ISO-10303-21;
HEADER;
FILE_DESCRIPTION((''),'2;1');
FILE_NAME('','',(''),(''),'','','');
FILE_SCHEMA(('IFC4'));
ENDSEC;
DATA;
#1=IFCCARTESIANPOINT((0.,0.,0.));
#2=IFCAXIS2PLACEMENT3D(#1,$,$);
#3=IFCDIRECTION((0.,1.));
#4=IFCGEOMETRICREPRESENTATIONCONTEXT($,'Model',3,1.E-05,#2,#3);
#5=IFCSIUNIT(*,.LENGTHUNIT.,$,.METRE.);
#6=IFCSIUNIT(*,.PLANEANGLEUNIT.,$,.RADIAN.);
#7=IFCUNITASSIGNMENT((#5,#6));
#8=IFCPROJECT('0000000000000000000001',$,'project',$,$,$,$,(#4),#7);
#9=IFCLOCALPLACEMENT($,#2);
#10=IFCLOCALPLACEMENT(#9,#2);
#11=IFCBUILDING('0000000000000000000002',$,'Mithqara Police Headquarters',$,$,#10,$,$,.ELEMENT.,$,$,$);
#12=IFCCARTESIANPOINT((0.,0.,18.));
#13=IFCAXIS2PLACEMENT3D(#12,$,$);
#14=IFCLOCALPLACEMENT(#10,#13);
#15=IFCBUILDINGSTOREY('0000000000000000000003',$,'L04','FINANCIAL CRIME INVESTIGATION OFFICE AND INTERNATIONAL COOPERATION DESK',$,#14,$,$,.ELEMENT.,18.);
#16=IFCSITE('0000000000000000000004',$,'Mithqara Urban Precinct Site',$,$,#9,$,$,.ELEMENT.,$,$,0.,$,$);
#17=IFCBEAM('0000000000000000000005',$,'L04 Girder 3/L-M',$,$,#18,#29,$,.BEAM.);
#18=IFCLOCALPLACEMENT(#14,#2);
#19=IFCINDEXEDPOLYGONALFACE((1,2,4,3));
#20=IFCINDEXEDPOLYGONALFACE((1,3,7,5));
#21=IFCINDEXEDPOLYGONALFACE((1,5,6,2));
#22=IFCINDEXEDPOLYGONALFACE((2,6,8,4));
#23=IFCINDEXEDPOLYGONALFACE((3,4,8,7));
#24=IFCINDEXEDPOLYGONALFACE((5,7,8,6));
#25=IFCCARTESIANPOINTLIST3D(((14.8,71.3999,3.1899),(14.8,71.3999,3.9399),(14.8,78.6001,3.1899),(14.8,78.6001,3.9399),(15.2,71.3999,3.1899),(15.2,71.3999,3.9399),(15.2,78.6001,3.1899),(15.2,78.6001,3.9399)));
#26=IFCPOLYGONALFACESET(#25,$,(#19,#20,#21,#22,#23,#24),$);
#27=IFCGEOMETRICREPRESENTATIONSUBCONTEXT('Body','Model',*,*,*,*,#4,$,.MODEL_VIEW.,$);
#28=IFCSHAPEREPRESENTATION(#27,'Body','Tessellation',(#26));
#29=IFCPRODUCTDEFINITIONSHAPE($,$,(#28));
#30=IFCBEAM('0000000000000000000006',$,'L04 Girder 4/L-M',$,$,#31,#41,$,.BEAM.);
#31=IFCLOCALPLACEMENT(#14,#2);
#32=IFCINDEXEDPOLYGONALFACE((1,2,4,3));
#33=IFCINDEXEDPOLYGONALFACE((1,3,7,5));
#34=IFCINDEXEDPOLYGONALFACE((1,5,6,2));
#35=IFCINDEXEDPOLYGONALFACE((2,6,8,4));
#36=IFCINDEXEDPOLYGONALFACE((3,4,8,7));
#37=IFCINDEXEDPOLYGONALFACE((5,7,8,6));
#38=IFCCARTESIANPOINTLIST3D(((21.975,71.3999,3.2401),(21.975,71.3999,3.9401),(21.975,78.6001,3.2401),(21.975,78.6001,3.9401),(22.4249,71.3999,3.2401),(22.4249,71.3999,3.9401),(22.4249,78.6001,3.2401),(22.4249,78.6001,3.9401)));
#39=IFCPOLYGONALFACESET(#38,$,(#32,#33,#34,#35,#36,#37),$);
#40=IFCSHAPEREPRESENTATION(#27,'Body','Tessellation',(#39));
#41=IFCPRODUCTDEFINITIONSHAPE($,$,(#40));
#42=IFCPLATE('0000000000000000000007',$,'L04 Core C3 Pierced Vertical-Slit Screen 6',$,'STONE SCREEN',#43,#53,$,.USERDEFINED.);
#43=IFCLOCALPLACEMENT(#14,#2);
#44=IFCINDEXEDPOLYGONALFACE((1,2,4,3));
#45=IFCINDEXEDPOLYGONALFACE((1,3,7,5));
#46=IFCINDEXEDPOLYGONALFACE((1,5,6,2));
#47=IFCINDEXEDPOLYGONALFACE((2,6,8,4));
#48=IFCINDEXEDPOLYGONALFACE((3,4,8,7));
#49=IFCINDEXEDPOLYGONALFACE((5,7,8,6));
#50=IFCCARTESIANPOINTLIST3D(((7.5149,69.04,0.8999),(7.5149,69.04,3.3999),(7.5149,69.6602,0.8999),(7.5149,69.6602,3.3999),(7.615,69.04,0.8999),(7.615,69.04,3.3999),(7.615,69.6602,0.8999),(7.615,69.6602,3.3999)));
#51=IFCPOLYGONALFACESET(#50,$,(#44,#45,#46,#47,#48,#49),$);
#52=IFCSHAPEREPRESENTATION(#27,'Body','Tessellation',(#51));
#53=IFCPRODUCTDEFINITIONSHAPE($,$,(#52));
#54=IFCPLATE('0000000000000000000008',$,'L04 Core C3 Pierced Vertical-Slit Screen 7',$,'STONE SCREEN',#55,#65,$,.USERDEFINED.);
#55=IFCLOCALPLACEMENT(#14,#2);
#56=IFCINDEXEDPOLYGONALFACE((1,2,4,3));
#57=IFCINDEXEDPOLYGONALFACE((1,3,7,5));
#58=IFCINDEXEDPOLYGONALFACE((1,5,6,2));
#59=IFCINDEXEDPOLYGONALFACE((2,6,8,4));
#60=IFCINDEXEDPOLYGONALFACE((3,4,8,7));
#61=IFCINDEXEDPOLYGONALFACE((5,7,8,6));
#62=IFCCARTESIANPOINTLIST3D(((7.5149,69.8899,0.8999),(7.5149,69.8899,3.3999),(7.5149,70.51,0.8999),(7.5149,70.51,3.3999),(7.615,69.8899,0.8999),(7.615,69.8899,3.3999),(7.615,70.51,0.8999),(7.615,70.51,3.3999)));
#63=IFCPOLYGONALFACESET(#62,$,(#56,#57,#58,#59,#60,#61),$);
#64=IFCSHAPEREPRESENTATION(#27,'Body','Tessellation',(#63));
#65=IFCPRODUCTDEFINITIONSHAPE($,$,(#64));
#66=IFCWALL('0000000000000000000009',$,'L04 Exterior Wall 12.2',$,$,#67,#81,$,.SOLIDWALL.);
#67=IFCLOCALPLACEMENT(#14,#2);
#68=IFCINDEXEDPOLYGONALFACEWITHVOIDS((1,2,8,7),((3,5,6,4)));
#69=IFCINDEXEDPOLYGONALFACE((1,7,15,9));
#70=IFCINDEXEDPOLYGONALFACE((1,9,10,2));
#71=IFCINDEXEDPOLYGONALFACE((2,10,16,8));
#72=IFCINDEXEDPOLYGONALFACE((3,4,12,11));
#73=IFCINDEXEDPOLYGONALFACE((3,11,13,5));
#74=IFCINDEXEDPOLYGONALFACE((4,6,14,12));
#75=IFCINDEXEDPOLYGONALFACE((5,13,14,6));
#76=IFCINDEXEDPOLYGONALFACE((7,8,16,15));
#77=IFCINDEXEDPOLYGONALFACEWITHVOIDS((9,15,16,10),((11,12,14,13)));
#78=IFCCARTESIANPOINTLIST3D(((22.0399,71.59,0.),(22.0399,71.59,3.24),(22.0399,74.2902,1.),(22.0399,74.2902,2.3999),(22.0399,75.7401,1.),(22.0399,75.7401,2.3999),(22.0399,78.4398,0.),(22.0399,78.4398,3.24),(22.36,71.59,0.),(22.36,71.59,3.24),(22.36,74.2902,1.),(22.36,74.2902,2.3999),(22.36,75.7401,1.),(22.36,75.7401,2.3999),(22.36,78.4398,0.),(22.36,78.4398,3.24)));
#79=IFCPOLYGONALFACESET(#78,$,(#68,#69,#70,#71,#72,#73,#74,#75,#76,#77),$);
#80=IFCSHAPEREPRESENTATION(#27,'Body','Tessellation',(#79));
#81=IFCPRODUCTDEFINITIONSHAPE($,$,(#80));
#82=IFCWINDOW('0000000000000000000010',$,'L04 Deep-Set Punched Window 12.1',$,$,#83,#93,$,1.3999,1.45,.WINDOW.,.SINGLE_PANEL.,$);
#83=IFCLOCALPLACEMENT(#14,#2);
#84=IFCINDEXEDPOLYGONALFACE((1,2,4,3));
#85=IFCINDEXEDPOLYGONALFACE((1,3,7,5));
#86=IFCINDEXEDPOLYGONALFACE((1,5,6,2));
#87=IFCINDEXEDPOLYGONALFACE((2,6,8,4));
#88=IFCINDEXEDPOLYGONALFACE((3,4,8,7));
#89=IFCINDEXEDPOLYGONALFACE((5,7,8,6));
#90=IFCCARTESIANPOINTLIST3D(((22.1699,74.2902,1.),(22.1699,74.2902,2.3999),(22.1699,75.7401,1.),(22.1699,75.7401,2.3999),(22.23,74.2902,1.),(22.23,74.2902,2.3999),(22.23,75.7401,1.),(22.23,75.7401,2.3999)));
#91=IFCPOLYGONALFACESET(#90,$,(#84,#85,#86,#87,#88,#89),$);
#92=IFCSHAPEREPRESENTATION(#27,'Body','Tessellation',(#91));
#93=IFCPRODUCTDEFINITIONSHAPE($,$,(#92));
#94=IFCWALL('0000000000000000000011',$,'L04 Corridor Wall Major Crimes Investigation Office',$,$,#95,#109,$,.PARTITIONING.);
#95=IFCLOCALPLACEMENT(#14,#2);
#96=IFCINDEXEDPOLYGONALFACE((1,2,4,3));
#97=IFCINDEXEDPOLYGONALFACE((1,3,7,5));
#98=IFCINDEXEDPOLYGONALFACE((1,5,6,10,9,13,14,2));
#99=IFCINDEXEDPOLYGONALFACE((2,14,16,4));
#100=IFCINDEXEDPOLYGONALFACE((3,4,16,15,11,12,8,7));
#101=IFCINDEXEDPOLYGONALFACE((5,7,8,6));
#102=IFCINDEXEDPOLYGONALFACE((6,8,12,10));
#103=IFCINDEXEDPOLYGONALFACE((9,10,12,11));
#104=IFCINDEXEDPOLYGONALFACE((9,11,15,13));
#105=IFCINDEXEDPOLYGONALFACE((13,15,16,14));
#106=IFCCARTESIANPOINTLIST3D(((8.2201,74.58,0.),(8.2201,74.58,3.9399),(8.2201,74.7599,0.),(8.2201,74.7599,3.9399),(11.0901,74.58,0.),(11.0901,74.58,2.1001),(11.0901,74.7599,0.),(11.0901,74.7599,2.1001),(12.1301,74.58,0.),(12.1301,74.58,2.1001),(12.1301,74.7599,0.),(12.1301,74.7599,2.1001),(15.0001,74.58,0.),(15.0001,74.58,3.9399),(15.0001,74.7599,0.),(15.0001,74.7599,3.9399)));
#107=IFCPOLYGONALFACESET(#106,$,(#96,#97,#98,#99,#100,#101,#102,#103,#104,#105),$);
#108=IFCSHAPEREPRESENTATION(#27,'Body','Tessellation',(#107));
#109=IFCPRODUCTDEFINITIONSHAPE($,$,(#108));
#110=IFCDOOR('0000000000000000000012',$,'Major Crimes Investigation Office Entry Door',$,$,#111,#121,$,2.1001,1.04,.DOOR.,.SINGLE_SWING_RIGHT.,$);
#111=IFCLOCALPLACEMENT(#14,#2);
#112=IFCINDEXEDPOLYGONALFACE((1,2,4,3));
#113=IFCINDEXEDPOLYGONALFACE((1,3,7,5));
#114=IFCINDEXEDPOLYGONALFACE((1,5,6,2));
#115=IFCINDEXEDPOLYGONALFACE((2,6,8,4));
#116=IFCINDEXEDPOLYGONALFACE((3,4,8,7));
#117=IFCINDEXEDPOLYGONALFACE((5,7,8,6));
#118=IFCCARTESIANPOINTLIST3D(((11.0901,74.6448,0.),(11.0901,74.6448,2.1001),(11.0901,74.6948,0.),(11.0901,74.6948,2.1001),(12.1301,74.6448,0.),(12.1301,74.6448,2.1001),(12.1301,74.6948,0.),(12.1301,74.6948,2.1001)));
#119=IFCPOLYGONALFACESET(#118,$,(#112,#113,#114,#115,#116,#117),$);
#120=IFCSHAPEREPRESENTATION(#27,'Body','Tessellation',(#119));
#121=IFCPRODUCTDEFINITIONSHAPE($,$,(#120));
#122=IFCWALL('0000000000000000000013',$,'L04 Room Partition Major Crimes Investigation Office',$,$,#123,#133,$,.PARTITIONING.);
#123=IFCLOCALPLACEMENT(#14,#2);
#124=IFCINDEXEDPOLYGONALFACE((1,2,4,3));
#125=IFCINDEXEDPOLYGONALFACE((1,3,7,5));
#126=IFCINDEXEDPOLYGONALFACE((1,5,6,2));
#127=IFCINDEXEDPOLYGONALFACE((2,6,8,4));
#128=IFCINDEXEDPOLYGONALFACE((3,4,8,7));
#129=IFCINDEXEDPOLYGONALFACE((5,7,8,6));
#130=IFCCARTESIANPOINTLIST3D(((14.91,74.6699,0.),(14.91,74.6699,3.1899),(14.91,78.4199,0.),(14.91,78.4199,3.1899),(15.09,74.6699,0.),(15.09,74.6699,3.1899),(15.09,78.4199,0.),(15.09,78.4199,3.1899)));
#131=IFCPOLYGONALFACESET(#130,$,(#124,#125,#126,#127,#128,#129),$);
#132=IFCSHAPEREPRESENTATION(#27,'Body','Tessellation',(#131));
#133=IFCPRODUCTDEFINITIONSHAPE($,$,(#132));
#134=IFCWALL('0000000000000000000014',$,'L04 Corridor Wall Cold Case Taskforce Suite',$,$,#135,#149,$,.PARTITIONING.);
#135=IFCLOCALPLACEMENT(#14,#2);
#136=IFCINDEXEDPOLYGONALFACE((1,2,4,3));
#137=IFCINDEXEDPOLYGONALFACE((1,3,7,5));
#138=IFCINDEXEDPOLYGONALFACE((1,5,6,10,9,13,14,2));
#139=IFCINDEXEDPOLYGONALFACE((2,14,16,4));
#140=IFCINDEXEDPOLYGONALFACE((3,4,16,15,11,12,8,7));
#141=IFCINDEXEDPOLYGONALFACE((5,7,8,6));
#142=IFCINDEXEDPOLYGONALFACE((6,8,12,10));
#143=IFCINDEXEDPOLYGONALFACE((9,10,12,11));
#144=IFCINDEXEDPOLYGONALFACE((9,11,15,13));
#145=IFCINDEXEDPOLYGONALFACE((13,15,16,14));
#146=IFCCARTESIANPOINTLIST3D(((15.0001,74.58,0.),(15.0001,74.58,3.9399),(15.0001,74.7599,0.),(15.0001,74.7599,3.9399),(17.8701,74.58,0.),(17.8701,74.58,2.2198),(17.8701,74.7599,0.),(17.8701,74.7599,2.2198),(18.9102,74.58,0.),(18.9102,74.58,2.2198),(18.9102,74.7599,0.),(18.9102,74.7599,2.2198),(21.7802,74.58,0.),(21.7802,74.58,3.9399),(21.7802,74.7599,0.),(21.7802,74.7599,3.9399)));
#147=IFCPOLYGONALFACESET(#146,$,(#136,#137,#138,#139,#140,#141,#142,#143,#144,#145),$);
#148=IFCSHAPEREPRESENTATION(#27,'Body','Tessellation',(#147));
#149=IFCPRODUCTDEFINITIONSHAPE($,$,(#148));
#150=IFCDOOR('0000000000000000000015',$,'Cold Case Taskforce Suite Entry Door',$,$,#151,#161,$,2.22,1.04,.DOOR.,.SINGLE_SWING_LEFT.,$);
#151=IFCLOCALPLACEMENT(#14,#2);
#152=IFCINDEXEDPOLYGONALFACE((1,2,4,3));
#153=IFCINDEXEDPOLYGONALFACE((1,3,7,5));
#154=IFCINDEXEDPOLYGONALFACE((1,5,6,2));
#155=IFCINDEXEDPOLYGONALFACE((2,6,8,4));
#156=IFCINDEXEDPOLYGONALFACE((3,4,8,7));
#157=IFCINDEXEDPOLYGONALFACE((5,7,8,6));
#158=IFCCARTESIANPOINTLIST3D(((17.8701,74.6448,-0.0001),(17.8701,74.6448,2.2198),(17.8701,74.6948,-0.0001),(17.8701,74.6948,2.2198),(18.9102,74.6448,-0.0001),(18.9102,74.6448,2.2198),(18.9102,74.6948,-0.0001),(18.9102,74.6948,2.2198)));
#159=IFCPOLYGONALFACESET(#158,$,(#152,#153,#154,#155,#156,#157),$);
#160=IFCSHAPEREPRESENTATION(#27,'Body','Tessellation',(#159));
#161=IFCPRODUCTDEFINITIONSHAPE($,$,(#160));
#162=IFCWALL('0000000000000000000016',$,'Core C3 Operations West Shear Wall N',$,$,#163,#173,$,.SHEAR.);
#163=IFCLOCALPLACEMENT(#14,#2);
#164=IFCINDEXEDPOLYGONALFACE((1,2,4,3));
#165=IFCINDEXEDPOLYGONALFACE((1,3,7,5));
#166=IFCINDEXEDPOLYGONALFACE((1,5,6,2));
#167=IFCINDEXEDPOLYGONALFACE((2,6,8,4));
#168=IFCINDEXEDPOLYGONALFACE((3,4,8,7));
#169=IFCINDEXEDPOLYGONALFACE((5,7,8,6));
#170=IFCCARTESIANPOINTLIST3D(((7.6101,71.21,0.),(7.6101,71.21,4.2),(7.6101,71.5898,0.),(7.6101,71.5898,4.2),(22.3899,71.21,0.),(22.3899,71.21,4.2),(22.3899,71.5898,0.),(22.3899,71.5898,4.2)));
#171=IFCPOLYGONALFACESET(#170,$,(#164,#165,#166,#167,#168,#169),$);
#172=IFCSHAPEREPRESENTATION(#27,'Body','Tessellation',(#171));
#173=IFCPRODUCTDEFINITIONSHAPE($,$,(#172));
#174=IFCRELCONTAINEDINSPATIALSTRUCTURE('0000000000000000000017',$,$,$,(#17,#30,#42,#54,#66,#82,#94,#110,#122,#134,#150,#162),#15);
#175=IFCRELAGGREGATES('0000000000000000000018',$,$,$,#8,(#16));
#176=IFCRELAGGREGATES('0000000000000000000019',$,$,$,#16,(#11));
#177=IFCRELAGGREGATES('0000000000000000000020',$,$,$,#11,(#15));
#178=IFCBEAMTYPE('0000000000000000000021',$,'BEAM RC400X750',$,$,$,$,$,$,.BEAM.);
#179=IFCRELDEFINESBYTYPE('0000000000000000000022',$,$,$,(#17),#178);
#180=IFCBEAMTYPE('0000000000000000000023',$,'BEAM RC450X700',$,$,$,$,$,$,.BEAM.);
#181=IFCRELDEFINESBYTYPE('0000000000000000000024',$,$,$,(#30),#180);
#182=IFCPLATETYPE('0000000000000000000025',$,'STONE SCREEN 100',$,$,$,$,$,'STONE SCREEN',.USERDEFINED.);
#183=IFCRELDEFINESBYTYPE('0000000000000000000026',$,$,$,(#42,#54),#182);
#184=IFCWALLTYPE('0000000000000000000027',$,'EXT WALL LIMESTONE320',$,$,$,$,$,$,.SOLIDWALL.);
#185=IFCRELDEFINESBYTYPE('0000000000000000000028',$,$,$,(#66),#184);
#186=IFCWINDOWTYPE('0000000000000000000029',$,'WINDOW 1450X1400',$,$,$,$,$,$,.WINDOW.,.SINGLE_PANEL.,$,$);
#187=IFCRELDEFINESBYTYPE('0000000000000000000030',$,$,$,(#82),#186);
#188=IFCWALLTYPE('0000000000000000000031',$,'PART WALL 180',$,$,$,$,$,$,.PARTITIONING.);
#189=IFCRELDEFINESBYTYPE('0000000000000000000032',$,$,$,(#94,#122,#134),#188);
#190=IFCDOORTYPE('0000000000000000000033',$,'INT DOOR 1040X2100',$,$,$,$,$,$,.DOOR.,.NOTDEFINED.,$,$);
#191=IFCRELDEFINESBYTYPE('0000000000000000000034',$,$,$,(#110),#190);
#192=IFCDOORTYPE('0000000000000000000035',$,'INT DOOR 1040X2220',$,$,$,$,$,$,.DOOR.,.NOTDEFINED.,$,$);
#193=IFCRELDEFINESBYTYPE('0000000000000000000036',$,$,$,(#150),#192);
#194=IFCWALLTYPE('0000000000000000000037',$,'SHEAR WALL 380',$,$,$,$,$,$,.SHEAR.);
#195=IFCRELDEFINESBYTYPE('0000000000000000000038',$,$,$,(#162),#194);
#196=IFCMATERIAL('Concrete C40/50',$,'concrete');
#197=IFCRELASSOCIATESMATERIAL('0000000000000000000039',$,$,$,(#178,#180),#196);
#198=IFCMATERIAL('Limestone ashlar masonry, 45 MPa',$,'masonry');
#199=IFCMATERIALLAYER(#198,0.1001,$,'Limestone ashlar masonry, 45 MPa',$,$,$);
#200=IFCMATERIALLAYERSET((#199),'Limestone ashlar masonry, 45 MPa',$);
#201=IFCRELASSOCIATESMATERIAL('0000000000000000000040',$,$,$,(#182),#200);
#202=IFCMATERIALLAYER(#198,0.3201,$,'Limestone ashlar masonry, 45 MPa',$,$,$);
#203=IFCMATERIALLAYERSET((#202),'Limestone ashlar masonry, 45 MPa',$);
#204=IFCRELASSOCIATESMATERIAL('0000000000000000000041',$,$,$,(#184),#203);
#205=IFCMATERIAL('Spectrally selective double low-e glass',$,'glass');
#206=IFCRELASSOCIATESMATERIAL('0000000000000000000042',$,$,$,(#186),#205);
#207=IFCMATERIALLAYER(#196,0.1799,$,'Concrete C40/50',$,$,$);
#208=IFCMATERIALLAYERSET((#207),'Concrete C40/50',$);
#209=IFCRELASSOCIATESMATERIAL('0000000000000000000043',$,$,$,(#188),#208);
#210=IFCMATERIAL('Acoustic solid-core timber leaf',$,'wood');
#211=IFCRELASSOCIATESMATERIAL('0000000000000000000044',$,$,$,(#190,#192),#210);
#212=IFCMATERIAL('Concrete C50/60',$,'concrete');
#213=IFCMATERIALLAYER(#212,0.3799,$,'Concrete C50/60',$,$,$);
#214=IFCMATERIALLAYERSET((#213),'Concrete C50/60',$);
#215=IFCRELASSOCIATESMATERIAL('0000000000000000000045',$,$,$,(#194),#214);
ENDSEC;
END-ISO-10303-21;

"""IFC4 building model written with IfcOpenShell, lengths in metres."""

from ifc_helpers import new_model, si_unit, direction, frame, frame_2d, origin, origin_2d, place, context, subcontext, project, spatial, rectangle, extrude, material, layer, layer_set, material_profile, profile_set, type_object, element, fill, save


model = new_model("IFC4")

# Units and contexts
model_context = context("Model", 3, precision=1e-05, world=origin(), true_north=direction((0.0, 1.0)))
body_context = subcontext(model_context, "Body", "Model", "MODEL_VIEW")
ifc_project = project(units=[si_unit("LENGTHUNIT", "METRE"), si_unit("PLANEANGLEUNIT", "RADIAN")], contexts=[model_context])

# Site, building, storey
site_placement = place(None, origin())
site = spatial("IfcSite", under=ifc_project, at=site_placement, Name="Mithqara Urban Precinct Site", CompositionType="ELEMENT", RefElevation=0.0)
building_placement = place(site_placement, origin())
building = spatial("IfcBuilding", under=site, at=building_placement, Name="Mithqara Police Headquarters", CompositionType="ELEMENT")
storey_placement = place(building_placement, frame((0.0, 0.0, 18.0)))
storey = spatial("IfcBuildingStorey", under=building, at=storey_placement, Name="L04", Description="FINANCIAL CRIME INVESTIGATION OFFICE AND INTERNATIONAL COOPERATION DESK", CompositionType="ELEMENT", Elevation=18.0)

# Beams
ifc_material_1 = material(Name="Concrete C40/50", Category="concrete")
ifc_material_profile_1 = material_profile(ifc_material_1, rectangle(XDim=0.3999, YDim=0.75, at=origin_2d()), Name="RC 400x750")
ifc_profile_set_1 = profile_set([ifc_material_profile_1], Name="Concrete C40/50")
beam_type_1 = type_object("IfcBeamType", Name="BEAM RC400X750", PredefinedType="BEAM", material=ifc_profile_set_1)
beam_1_placement = place(storey_placement, frame((15.0, 71.3999, 3.5649), z_axis=(0.0, 1.0, 0.0), x_axis=(-1.0, 0.0, 0.0)))
element("IfcBeam", 1, at=beam_1_placement, inside=storey, type_object=beam_type_1, Name="L04 Girder 3/L-M", PredefinedType="BEAM", context=body_context, shape_type="SweptSolid", body=[
    extrude(rectangle(XDim=0.3999, YDim=0.75, at=origin_2d()), origin(), (0.0, 0.0, 1.0), 7.2002),
])
ifc_material_profile_2 = material_profile(ifc_material_1, rectangle(XDim=0.45, YDim=0.7, at=origin_2d()), Name="RC 450x700")
ifc_profile_set_2 = profile_set([ifc_material_profile_2], Name="Concrete C40/50")
beam_type_2 = type_object("IfcBeamType", Name="BEAM RC450X700", PredefinedType="BEAM", material=ifc_profile_set_2)
beam_2_placement = place(storey_placement, frame((22.2, 71.3999, 3.5901), z_axis=(0.0, 1.0, 0.0), x_axis=(-1.0, 0.0, 0.0)))
element("IfcBeam", 2, at=beam_2_placement, inside=storey, type_object=beam_type_2, Name="L04 Girder 4/L-M", PredefinedType="BEAM", context=body_context, shape_type="SweptSolid", body=[
    extrude(rectangle(XDim=0.45, YDim=0.7, at=origin_2d()), origin(), (0.0, 0.0, 1.0), 7.2002),
])

# Plates
ifc_material_2 = material(Name="Limestone ashlar masonry, 45 MPa", Category="masonry")
ifc_layer_1 = layer(ifc_material_2, 0.1001, Name="Limestone ashlar masonry, 45 MPa")
ifc_layer_set_1 = layer_set([ifc_layer_1], Name="Limestone ashlar masonry, 45 MPa")
plate_type = type_object("IfcPlateType", Name="STONE SCREEN 100", ElementType="STONE SCREEN", PredefinedType="USERDEFINED", material=ifc_layer_set_1)
for number, where, z_axis, x_axis, name in (
    (3, (7.5649, 69.3501, 0.8999), (0.0, 0.0, 1.0), (0.0, 1.0, 0.0), "L04 Core C3 Pierced Vertical-Slit Screen 6"),
    (4, (7.5649, 70.2, 0.8999), (0.0, 0.0, 1.0), (0.0, 1.0, 0.0), "L04 Core C3 Pierced Vertical-Slit Screen 7"),
):
    element("IfcPlate", number, at=place(storey_placement, frame(where, z_axis=z_axis, x_axis=x_axis)), inside=storey, type_object=plate_type, Name=name, ObjectType="STONE SCREEN", PredefinedType="USERDEFINED", context=body_context, shape_type="SweptSolid", body=[
        extrude(rectangle(XDim=0.6201, YDim=0.1001, at=origin_2d()), origin(), (0.0, 0.0, 1.0), 2.5),
    ])

# Wall, opening, window
ifc_layer_2 = layer(ifc_material_2, 0.3201, Name="Limestone ashlar masonry, 45 MPa")
ifc_layer_set_2 = layer_set([ifc_layer_2], Name="Limestone ashlar masonry, 45 MPa")
wall_type_1 = type_object("IfcWallType", Name="EXT WALL LIMESTONE320", PredefinedType="SOLIDWALL", material=ifc_layer_set_2)
wall_1_placement = place(storey_placement, frame((22.2, 71.5901, 0.0), z_axis=(0.0, 0.0, 1.0), x_axis=(0.0, 1.0, 0.0)))
wall_1 = element("IfcWall", 5, at=wall_1_placement, inside=storey, type_object=wall_type_1, Name="L04 Exterior Wall 12.2", PredefinedType="SOLIDWALL", context=body_context, shape_type="SweptSolid", body=[
    extrude(rectangle(XDim=6.8499, YDim=0.3201, at=frame_2d((3.4248, 0.0))), origin(), (0.0, 0.0, 1.0), 3.24),
])
opening_1_placement = place(wall_1_placement, frame((2.7, 0.0, 1.0)))
opening_1 = element("IfcOpeningElement", 6, at=opening_1_placement, cuts=wall_1, PredefinedType="OPENING", context=body_context, shape_type="SweptSolid", body=[
    extrude(rectangle(XDim=1.45, YDim=1.3999, at=frame_2d((0.7251, 0.7))), frame((0.0, 0.1699, 0.0), z_axis=(0.0, -1.0, 0.0), x_axis=(1.0, 0.0, 0.0)), (0.0, 0.0, 1.0), 0.3401),
])
ifc_material_3 = material(Name="Spectrally selective double low-e glass", Category="glass")
window_type = type_object("IfcWindowType", Name="WINDOW 1450X1400", PartitioningType="SINGLE_PANEL", PredefinedType="WINDOW", material=ifc_material_3)
window_placement = place(opening_1_placement, origin())
window = element("IfcWindow", 7, at=window_placement, inside=storey, type_object=window_type, Name="L04 Deep-Set Punched Window 12.1", OverallHeight=1.3999, OverallWidth=1.45, PartitioningType="SINGLE_PANEL", PredefinedType="WINDOW", context=body_context, shape_type="SweptSolid", body=[
    extrude(rectangle(XDim=1.45, YDim=1.3999, at=frame_2d((0.7251, 0.7))), frame((0.0, 0.03, 0.0), z_axis=(0.0, -1.0, 0.0), x_axis=(1.0, 0.0, 0.0)), (0.0, 0.0, 1.0), 0.0601),
])
fill(opening_1, window)

# Wall, opening, door
ifc_layer_3 = layer(ifc_material_1, 0.1799, Name="Concrete C40/50")
ifc_layer_set_3 = layer_set([ifc_layer_3], Name="Concrete C40/50")
wall_type_2 = type_object("IfcWallType", Name="PART WALL 180", PredefinedType="PARTITIONING", material=ifc_layer_set_3)
wall_2_placement = place(storey_placement, frame((8.22, 74.6699, 0.0), z_axis=(0.0, 0.0, 1.0), x_axis=(1.0, 0.0, 0.0)))
wall_2 = element("IfcWall", 8, at=wall_2_placement, inside=storey, type_object=wall_type_2, Name="L04 Corridor Wall Major Crimes Investigation Office", PredefinedType="PARTITIONING", context=body_context, shape_type="SweptSolid", body=[
    extrude(rectangle(XDim=6.78, YDim=0.1799, at=frame_2d((3.3901, 0.0))), origin(), (0.0, 0.0, 1.0), 3.9399),
])
opening_2_placement = place(wall_2_placement, frame((2.8701, 0.0, 0.0)))
opening_2 = element("IfcOpeningElement", 9, at=opening_2_placement, cuts=wall_2, PredefinedType="OPENING", context=body_context, shape_type="SweptSolid", body=[
    extrude(rectangle(XDim=1.04, YDim=2.1001, at=frame_2d((0.52, 1.05))), frame((0.0, 0.1001, 0.0), z_axis=(0.0, -1.0, 0.0), x_axis=(1.0, 0.0, 0.0)), (0.0, 0.0, 1.0), 0.2),
])
ifc_material_4 = material(Name="Acoustic solid-core timber leaf", Category="wood")
door_type_1 = type_object("IfcDoorType", Name="INT DOOR 1040X2100", OperationType="NOTDEFINED", PredefinedType="DOOR", material=ifc_material_4)
door_1_placement = place(opening_2_placement, origin())
door_1 = element("IfcDoor", 10, at=door_1_placement, inside=storey, type_object=door_type_1, Name="Major Crimes Investigation Office Entry Door", OperationType="SINGLE_SWING_RIGHT", OverallHeight=2.1001, OverallWidth=1.04, PredefinedType="DOOR", context=body_context, shape_type="SweptSolid", body=[
    extrude(rectangle(XDim=1.04, YDim=2.1001, at=frame_2d((0.52, 1.05))), frame((0.0, 0.0249, 0.0), z_axis=(0.0, -1.0, 0.0), x_axis=(1.0, 0.0, 0.0)), (0.0, 0.0, 1.0), 0.05),
])
fill(opening_2, door_1)

# Wall
wall_3_placement = place(storey_placement, frame((15.0, 74.6699, 0.0), z_axis=(0.0, 0.0, 1.0), x_axis=(0.0, 1.0, 0.0)))
element("IfcWall", 11, at=wall_3_placement, inside=storey, type_object=wall_type_2, Name="L04 Room Partition Major Crimes Investigation Office", PredefinedType="PARTITIONING", context=body_context, shape_type="SweptSolid", body=[
    extrude(rectangle(XDim=3.75, YDim=0.1799, at=frame_2d((1.875, 0.0))), origin(), (0.0, 0.0, 1.0), 3.1899),
])

# Wall, opening, door
wall_4_placement = place(storey_placement, frame((15.0, 74.6699, 0.0), z_axis=(0.0, 0.0, 1.0), x_axis=(1.0, 0.0, 0.0)))
wall_4 = element("IfcWall", 12, at=wall_4_placement, inside=storey, type_object=wall_type_2, Name="L04 Corridor Wall Cold Case Taskforce Suite", PredefinedType="PARTITIONING", context=body_context, shape_type="SweptSolid", body=[
    extrude(rectangle(XDim=6.78, YDim=0.1799, at=frame_2d((3.3901, 0.0))), origin(), (0.0, 0.0, 1.0), 3.9399),
])
opening_3_placement = place(wall_4_placement, frame((2.8701, 0.0, 0.0)))
opening_3 = element("IfcOpeningElement", 13, at=opening_3_placement, cuts=wall_4, PredefinedType="OPENING", context=body_context, shape_type="SweptSolid", body=[
    extrude(rectangle(XDim=1.04, YDim=2.22, at=frame_2d((0.52, 1.1099))), frame((0.0, 0.1001, 0.0), z_axis=(0.0, -1.0, 0.0), x_axis=(1.0, 0.0, 0.0)), (0.0, 0.0, 1.0), 0.2),
])
door_type_2 = type_object("IfcDoorType", Name="INT DOOR 1040X2220", OperationType="NOTDEFINED", PredefinedType="DOOR", material=ifc_material_4)
door_2_placement = place(opening_3_placement, origin())
door_2 = element("IfcDoor", 14, at=door_2_placement, inside=storey, type_object=door_type_2, Name="Cold Case Taskforce Suite Entry Door", OperationType="SINGLE_SWING_LEFT", OverallHeight=2.22, OverallWidth=1.04, PredefinedType="DOOR", context=body_context, shape_type="SweptSolid", body=[
    extrude(rectangle(XDim=1.04, YDim=2.22, at=frame_2d((0.52, 1.1099))), frame((0.0, 0.0249, 0.0), z_axis=(0.0, -1.0, 0.0), x_axis=(1.0, 0.0, 0.0)), (0.0, 0.0, 1.0), 0.05),
])
fill(opening_3, door_2)

# Wall
ifc_material_5 = material(Name="Concrete C50/60", Category="concrete")
ifc_layer_4 = layer(ifc_material_5, 0.3799, Name="Concrete C50/60")
ifc_layer_set_4 = layer_set([ifc_layer_4], Name="Concrete C50/60")
wall_type_3 = type_object("IfcWallType", Name="SHEAR WALL 380", PredefinedType="SHEAR", material=ifc_layer_set_4)
wall_5_placement = place(storey_placement, frame((7.6101, 71.3999, 0.0), z_axis=(0.0, 0.0, 1.0), x_axis=(1.0, 0.0, 0.0)))
element("IfcWall", 15, at=wall_5_placement, inside=storey, type_object=wall_type_3, Name="Core C3 Operations West Shear Wall N", PredefinedType="SHEAR", context=body_context, shape_type="SweptSolid", body=[
    extrude(rectangle(XDim=14.7798, YDim=0.3799, at=frame_2d((7.3899, 0.0))), origin(), (0.0, 0.0, 1.0), 4.2),
])

save(model, "model.ifc")
